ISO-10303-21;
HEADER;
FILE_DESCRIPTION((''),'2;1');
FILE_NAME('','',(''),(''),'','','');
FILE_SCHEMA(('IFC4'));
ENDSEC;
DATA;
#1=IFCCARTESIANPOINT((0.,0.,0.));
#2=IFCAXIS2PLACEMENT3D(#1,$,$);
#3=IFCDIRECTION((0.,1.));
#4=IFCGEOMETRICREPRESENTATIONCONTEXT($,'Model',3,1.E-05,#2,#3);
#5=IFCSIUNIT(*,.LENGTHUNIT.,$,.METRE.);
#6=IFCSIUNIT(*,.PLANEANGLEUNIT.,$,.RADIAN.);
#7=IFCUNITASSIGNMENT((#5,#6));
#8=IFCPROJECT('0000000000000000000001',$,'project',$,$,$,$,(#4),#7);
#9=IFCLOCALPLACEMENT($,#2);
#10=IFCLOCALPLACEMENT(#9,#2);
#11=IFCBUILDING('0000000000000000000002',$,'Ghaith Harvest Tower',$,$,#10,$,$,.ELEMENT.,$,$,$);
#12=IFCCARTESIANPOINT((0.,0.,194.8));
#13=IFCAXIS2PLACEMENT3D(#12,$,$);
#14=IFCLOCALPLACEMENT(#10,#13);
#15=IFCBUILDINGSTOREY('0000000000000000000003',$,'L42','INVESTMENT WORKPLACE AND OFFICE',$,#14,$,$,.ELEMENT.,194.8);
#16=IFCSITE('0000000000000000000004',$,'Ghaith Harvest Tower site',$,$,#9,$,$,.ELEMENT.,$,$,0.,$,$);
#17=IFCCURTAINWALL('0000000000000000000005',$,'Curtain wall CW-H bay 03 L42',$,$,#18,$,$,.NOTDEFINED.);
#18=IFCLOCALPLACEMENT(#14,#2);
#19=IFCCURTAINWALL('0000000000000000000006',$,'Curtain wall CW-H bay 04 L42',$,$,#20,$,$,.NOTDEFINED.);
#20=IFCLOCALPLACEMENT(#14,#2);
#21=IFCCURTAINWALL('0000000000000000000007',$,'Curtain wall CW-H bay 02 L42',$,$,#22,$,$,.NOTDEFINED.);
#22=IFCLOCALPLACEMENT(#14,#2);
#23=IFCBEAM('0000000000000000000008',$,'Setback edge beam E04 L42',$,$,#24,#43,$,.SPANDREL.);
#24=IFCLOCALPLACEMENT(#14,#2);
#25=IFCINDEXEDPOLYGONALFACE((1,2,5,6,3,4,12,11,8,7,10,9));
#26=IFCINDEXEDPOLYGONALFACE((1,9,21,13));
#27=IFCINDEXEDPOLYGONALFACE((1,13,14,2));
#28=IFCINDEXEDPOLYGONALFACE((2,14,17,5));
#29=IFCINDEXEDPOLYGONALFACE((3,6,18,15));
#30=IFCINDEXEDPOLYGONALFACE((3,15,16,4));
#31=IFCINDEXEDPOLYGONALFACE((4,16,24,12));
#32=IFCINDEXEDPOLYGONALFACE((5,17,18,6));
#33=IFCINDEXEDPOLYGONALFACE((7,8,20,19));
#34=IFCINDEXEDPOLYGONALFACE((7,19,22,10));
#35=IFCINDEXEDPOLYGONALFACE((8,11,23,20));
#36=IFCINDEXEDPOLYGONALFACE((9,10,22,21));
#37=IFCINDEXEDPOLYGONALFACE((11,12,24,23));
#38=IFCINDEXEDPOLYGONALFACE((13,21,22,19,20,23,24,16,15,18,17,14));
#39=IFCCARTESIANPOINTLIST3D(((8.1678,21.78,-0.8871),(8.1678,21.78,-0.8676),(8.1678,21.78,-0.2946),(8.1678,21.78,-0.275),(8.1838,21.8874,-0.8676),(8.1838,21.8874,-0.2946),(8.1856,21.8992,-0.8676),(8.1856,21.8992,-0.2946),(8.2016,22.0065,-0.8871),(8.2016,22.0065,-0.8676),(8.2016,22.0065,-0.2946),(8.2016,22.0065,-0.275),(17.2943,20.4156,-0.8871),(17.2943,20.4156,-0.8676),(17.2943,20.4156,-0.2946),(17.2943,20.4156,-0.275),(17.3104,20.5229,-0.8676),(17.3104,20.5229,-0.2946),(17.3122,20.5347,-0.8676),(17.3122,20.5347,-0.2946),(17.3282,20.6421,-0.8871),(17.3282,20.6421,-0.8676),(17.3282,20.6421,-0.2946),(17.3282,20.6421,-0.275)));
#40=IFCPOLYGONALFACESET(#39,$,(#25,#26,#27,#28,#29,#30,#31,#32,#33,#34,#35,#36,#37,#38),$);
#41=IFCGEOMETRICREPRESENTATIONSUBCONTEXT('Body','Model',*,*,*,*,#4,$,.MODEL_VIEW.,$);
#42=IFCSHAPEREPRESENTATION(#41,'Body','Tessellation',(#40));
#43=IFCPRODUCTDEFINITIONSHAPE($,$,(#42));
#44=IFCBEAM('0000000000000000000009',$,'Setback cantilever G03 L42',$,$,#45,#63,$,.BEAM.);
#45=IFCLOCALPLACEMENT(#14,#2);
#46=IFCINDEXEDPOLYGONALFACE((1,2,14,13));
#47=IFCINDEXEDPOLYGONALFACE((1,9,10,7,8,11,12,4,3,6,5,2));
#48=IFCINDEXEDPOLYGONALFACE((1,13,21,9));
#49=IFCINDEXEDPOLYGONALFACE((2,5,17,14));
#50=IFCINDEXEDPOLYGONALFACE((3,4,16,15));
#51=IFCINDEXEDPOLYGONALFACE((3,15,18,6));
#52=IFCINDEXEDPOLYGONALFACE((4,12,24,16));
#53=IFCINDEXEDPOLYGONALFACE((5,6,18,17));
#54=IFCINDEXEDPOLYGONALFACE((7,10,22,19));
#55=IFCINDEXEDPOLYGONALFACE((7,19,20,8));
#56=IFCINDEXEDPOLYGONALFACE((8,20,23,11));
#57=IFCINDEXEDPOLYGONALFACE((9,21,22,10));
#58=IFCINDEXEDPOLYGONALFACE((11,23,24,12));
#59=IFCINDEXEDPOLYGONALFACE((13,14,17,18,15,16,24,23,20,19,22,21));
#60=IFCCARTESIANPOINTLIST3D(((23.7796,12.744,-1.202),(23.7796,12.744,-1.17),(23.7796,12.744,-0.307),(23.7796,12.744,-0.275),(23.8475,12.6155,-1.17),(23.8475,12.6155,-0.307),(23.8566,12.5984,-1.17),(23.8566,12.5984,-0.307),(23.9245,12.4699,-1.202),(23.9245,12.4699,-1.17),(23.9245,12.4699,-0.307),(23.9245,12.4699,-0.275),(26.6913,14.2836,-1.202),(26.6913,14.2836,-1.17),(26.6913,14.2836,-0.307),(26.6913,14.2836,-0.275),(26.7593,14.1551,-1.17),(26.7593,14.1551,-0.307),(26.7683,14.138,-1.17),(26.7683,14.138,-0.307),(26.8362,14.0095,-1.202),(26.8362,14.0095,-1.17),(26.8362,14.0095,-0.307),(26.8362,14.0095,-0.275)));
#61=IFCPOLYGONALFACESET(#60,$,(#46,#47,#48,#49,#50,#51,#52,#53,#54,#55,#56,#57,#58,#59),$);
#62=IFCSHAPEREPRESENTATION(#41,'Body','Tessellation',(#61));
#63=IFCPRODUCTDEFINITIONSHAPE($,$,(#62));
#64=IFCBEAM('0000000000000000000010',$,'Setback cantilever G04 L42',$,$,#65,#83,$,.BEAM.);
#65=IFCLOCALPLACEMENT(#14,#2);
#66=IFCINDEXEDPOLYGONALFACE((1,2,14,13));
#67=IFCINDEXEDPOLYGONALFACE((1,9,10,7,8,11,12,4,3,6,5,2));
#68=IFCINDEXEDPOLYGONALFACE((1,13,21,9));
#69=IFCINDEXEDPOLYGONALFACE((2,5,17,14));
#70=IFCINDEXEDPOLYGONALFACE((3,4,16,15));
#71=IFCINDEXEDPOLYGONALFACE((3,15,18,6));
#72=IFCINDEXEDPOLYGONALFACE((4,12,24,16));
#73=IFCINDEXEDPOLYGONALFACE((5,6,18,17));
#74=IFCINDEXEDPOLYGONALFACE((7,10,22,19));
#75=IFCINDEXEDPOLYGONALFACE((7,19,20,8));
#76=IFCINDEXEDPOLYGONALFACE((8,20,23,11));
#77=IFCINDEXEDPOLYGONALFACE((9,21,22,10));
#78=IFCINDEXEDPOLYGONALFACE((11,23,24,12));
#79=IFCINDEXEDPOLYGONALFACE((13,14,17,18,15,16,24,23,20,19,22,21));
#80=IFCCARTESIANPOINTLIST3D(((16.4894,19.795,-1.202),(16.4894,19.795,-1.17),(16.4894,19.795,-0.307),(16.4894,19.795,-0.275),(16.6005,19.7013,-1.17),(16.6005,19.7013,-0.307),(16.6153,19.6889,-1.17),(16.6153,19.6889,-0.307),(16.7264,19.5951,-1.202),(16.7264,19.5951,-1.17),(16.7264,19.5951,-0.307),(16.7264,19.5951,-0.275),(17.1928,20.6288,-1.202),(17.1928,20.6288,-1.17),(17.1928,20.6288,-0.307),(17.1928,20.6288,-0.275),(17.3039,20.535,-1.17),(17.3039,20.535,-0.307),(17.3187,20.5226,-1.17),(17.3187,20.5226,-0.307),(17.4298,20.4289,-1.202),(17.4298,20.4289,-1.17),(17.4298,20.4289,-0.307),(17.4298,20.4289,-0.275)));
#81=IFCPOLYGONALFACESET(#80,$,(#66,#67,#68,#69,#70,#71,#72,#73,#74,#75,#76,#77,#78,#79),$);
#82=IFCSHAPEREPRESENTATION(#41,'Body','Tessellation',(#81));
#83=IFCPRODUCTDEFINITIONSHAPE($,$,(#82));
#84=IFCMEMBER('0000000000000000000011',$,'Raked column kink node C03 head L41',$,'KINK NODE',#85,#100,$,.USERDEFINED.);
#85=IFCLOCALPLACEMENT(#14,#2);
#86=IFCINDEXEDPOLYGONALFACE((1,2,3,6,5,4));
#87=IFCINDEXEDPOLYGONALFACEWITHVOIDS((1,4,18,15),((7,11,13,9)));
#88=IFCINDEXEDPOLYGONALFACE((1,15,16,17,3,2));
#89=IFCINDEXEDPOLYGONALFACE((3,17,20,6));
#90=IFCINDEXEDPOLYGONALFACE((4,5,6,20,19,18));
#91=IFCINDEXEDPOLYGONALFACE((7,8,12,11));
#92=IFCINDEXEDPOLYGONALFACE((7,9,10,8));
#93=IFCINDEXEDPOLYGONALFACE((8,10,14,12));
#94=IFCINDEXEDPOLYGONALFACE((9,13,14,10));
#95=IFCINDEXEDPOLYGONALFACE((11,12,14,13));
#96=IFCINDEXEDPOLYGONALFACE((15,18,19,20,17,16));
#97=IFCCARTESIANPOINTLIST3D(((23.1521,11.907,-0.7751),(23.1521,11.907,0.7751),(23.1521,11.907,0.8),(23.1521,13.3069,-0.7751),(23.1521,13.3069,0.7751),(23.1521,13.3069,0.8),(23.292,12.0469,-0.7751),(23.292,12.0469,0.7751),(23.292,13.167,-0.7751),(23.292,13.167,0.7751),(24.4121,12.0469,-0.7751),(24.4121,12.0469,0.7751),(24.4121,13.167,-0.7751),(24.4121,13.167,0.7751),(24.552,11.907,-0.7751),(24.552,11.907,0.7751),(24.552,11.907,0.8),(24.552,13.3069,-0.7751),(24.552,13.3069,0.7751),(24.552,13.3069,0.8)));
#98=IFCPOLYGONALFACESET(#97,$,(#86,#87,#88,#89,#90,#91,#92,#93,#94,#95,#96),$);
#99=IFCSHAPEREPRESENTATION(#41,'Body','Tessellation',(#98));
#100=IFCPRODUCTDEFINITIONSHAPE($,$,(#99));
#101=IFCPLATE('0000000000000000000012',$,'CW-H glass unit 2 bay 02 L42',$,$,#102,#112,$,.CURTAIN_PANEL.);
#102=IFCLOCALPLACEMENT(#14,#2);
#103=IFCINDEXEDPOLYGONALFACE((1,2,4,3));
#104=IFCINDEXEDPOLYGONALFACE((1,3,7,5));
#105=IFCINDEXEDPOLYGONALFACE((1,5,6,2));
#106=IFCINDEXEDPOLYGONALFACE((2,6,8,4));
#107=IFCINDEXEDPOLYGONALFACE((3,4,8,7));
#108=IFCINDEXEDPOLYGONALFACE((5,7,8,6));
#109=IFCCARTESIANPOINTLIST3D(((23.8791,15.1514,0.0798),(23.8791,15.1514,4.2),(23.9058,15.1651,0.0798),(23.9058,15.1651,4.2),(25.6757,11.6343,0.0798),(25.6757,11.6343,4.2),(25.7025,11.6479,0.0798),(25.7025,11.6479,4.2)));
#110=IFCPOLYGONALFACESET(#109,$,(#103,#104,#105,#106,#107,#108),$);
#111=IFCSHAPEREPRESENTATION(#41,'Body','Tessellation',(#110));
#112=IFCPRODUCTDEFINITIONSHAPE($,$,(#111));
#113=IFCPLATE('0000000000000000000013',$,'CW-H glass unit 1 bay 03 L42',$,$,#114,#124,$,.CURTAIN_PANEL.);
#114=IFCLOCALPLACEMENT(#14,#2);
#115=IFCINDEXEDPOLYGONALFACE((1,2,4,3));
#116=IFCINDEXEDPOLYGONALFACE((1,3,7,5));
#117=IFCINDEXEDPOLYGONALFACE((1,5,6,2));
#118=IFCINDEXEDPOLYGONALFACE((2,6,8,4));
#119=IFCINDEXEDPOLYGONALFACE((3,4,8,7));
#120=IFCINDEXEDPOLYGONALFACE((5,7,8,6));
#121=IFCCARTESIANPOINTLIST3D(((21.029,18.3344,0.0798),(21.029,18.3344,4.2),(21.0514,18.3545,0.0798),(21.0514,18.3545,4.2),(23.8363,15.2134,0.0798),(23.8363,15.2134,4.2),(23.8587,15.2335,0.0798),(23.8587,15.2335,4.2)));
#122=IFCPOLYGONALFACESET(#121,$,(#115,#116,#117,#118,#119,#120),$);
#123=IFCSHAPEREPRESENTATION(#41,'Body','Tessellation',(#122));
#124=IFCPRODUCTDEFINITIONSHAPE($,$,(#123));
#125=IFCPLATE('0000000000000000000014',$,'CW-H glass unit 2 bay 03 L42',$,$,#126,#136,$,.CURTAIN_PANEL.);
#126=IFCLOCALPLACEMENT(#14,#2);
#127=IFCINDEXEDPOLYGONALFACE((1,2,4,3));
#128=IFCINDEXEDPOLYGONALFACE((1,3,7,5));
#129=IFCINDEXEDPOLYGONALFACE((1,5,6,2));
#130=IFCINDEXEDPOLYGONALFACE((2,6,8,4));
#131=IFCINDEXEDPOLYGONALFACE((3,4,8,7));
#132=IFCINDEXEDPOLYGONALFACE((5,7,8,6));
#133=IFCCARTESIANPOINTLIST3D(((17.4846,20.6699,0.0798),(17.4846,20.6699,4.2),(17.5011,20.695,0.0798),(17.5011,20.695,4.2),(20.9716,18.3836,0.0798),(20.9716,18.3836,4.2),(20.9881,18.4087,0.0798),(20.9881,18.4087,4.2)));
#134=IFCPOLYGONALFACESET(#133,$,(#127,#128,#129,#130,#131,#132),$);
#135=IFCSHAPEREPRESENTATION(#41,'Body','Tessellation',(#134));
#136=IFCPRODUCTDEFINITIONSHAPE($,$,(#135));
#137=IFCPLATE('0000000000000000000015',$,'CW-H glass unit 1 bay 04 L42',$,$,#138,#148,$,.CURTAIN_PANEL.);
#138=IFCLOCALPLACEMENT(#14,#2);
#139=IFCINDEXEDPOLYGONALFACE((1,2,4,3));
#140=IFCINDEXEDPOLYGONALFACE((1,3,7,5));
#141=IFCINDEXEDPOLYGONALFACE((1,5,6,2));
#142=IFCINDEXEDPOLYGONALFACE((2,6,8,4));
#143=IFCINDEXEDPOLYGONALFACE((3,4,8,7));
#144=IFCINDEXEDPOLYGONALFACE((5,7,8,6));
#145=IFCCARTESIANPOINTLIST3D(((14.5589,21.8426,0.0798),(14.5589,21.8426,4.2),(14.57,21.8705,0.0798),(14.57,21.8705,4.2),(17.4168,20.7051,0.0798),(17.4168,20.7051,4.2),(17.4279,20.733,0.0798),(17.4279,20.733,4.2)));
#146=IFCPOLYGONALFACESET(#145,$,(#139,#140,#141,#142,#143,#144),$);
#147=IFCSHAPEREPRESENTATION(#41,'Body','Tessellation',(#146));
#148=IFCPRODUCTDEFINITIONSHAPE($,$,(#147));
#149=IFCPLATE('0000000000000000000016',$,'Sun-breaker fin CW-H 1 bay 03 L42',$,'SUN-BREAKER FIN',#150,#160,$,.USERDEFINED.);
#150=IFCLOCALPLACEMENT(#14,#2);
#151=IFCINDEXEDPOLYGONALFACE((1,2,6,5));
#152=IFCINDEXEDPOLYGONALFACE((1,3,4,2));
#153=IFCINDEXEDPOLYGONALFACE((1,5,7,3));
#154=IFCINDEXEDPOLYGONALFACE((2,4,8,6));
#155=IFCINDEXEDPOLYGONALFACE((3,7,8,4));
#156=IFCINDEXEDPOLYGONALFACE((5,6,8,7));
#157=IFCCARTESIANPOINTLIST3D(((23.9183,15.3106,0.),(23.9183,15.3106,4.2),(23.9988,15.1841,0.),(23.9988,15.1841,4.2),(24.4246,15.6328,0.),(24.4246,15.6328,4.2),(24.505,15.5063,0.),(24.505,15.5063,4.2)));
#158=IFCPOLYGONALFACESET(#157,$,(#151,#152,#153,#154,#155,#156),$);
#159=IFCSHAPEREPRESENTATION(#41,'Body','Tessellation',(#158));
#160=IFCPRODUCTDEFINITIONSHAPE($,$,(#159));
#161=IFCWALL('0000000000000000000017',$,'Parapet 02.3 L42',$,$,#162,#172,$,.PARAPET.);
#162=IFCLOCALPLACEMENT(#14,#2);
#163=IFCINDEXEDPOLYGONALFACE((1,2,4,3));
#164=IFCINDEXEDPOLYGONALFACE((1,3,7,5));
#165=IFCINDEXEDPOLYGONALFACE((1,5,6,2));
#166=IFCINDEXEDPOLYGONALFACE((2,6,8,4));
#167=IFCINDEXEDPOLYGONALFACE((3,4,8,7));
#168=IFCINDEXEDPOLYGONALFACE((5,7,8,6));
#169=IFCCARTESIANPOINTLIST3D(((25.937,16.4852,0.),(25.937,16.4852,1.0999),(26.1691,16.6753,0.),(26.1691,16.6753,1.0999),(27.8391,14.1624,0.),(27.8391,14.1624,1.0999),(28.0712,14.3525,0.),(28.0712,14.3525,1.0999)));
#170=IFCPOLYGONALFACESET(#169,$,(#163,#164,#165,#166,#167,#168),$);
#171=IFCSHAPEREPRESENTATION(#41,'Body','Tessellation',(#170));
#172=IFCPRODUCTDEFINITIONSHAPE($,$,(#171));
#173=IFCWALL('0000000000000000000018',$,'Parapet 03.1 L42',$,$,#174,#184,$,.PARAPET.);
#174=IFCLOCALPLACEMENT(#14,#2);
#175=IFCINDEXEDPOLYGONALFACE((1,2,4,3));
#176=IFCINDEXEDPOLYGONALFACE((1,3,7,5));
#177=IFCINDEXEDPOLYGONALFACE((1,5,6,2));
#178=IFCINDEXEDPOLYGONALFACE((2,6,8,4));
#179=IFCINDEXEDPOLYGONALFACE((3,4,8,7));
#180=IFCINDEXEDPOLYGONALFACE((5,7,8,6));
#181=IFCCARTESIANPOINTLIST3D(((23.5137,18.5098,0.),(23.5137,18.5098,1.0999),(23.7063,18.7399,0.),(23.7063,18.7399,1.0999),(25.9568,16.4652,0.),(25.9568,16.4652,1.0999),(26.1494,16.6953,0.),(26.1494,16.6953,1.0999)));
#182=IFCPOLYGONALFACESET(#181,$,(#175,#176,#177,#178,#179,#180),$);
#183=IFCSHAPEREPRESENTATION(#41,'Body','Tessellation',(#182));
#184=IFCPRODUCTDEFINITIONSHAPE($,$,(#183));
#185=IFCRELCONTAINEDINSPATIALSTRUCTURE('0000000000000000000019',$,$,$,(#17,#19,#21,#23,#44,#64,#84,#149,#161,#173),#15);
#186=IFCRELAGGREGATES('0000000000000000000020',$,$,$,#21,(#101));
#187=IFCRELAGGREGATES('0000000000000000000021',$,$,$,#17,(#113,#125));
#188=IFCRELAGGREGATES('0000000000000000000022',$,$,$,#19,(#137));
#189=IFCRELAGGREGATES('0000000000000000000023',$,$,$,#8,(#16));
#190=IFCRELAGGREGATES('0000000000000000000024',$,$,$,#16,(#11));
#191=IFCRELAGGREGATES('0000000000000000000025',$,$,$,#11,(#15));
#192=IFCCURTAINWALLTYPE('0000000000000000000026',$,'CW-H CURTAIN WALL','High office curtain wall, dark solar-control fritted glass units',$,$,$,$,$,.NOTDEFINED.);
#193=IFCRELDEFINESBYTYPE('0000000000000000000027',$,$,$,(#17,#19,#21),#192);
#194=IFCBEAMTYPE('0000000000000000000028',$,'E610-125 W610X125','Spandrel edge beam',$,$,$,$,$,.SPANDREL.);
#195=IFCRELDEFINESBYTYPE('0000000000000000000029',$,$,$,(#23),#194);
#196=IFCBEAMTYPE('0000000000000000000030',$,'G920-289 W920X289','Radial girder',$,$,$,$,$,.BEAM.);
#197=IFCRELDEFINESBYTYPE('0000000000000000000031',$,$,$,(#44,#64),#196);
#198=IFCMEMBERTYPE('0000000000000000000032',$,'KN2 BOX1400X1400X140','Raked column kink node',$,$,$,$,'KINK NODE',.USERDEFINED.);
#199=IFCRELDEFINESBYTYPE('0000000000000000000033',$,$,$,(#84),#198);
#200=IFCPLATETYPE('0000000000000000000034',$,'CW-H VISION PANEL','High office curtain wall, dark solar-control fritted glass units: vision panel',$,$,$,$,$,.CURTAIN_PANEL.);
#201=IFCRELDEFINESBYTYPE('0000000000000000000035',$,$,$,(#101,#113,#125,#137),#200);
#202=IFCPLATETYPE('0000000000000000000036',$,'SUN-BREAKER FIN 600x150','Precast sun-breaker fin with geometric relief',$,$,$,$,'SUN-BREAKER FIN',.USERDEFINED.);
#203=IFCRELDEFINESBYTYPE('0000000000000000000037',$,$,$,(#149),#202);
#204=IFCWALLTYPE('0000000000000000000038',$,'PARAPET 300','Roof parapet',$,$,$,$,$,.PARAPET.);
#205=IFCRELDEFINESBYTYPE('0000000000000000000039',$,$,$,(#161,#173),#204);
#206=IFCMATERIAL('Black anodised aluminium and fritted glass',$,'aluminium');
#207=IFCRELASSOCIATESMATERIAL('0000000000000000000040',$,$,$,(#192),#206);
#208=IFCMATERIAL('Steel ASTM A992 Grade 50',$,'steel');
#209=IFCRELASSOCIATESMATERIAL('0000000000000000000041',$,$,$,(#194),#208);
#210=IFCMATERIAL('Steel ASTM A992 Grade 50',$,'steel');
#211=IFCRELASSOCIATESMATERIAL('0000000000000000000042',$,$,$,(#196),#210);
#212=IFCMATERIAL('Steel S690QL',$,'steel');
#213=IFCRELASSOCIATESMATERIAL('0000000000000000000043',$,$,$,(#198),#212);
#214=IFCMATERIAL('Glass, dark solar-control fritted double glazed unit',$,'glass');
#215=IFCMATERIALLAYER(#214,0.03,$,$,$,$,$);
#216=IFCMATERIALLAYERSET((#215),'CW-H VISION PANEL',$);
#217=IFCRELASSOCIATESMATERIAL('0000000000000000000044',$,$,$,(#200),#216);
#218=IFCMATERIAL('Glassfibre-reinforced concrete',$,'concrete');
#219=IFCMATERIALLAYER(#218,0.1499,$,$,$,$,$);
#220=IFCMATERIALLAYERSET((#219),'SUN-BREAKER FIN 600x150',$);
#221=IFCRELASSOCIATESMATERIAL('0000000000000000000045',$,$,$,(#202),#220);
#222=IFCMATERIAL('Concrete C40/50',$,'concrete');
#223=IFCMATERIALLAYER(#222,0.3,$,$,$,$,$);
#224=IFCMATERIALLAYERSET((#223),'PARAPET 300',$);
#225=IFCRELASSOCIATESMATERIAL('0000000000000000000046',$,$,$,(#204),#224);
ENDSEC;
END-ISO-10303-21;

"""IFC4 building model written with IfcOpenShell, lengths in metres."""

from ifc_helpers import new_model, si_unit, direction, frame, frame_2d, origin, origin_2d, place, context, subcontext, project, spatial, rectangle, hollow_rectangle, i_section, extrude, boolean, material, layer, layer_set, material_profile, profile_set, type_object, element, aggregate, save


model = new_model("IFC4")

# Units and contexts
model_context = context("Model", 3, precision=1e-05, world=origin(), true_north=direction((0.0, 1.0)))
body_context = subcontext(model_context, "Body", "Model", "MODEL_VIEW")
ifc_project = project(units=[si_unit("LENGTHUNIT", "METRE"), si_unit("PLANEANGLEUNIT", "RADIAN")], contexts=[model_context])

# Site, building, storey
site_placement = place(None, origin())
site = spatial("IfcSite", under=ifc_project, at=site_placement, Name="Ghaith Harvest Tower site", CompositionType="ELEMENT", RefElevation=0.0)
building_placement = place(site_placement, origin())
building = spatial("IfcBuilding", under=site, at=building_placement, Name="Ghaith Harvest Tower", CompositionType="ELEMENT")
storey_placement = place(building_placement, frame((0.0, 0.0, 194.8)))
storey = spatial("IfcBuildingStorey", under=building, at=storey_placement, Name="L42", Description="INVESTMENT WORKPLACE AND OFFICE", CompositionType="ELEMENT", Elevation=194.8)

# Curtain walls
ifc_material_1 = material(Name="Black anodised aluminium and fritted glass", Category="aluminium")
curtain_wall_type = type_object("IfcCurtainWallType", Name="CW-H CURTAIN WALL", Description="High office curtain wall, dark solar-control fritted glass units", PredefinedType="NOTDEFINED", material=ifc_material_1)
curtain_wall_1_placement = place(storey_placement, origin())
curtain_wall_1 = element("IfcCurtainWall", 1, at=curtain_wall_1_placement, inside=storey, type_object=curtain_wall_type, Name="Curtain wall CW-H bay 03 L42", PredefinedType="NOTDEFINED")
curtain_wall_2_placement = place(storey_placement, origin())
curtain_wall_2 = element("IfcCurtainWall", 2, at=curtain_wall_2_placement, inside=storey, type_object=curtain_wall_type, Name="Curtain wall CW-H bay 04 L42", PredefinedType="NOTDEFINED")

# Curtain wall
curtain_wall_3_placement = place(storey_placement, origin())
curtain_wall_3 = element("IfcCurtainWall", 3, at=curtain_wall_3_placement, inside=storey, type_object=curtain_wall_type, Name="Curtain wall CW-H bay 02 L42", PredefinedType="NOTDEFINED")

# Beams
ifc_material_2 = material(Name="Steel ASTM A992 Grade 50", Category="steel")
ifc_material_profile_1 = material_profile(ifc_material_2, i_section(OverallWidth=0.229, OverallDepth=0.6121, WebThickness=0.012, FlangeThickness=0.0195, at=origin_2d()), Name="W610X125")
ifc_profile_set_1 = profile_set([ifc_material_profile_1], Name="Steel ASTM A992 Grade 50")
beam_type_1 = type_object("IfcBeamType", Name="E610-125 W610X125", Description="Spandrel edge beam", PredefinedType="SPANDREL", material=ifc_profile_set_1)
beam_1_placement = place(storey_placement, frame((17.3113, 20.5288, -0.5811), z_axis=(-0.989008, 0.147863, 0.0), x_axis=(-0.147863, -0.989008, 0.0)))
element("IfcBeam", 4, at=beam_1_placement, inside=storey, type_object=beam_type_1, Name="Setback edge beam E04 L42", PredefinedType="SPANDREL", context=body_context, shape_type="SweptSolid", body=[
    extrude(i_section(OverallWidth=0.229, OverallDepth=0.6121, WebThickness=0.012, FlangeThickness=0.0195, at=origin_2d()), origin(), (0.0, 0.0, 1.0), 9.228),
])
ifc_material_3 = material(Name="Steel ASTM A992 Grade 50", Category="steel")
ifc_material_profile_2 = material_profile(ifc_material_3, i_section(OverallWidth=0.3101, OverallDepth=0.927, WebThickness=0.0193, FlangeThickness=0.032, at=origin_2d()), Name="W920X289")
ifc_profile_set_2 = profile_set([ifc_material_profile_2], Name="Steel ASTM A992 Grade 50")
beam_type_2 = type_object("IfcBeamType", Name="G920-289 W920X289", Description="Radial girder", PredefinedType="BEAM", material=ifc_profile_set_2)
beam_2_placement = place(storey_placement, frame((23.8521, 12.6069, -0.7385), z_axis=(0.884026, 0.467438, 0.0), x_axis=(-0.467438, 0.884026, 0.0)))
element("IfcBeam", 5, at=beam_2_placement, inside=storey, type_object=beam_type_2, Name="Setback cantilever G03 L42", PredefinedType="BEAM", context=body_context, shape_type="SweptSolid", body=[
    extrude(i_section(OverallWidth=0.3101, OverallDepth=0.927, WebThickness=0.0193, FlangeThickness=0.032, at=origin_2d()), origin(), (0.0, 0.0, 1.0), 3.2937),
])
beam_3_placement = place(storey_placement, frame((16.6079, 19.6951, -0.7385), z_axis=(0.644818, 0.764336, 0.0), x_axis=(-0.764336, 0.644818, 0.0)))
element("IfcBeam", 6, at=beam_3_placement, inside=storey, type_object=beam_type_2, Name="Setback cantilever G04 L42", PredefinedType="BEAM", context=body_context, shape_type="SweptSolid", body=[
    extrude(i_section(OverallWidth=0.3101, OverallDepth=0.927, WebThickness=0.0193, FlangeThickness=0.032, at=origin_2d()), origin(), (0.0, 0.0, 1.0), 1.0908),
])

# Member
ifc_material_4 = material(Name="Steel S690QL", Category="steel")
ifc_material_profile_3 = material_profile(ifc_material_4, hollow_rectangle(XDim=1.3999, YDim=1.3999, WallThickness=0.1399, at=origin_2d()), Name="BOX1400X1400X140")
ifc_profile_set_3 = profile_set([ifc_material_profile_3], Name="Steel S690QL")
member_type_1 = type_object("IfcMemberType", Name="KN2 BOX1400X1400X140", Description="Raked column kink node", ElementType="KINK NODE", PredefinedType="USERDEFINED", material=ifc_profile_set_3)
member_1_placement = place(storey_placement, frame((23.8521, 12.6069, -0.7751), z_axis=(0.0, 0.0, 1.0), x_axis=(1.0, 0.0, 0.0)))
element("IfcMember", 7, at=member_1_placement, inside=storey, type_object=member_type_1, Name="Raked column kink node C03 head L41", ObjectType="KINK NODE", PredefinedType="USERDEFINED", context=body_context, shape_type="CSG", body=[
    boolean("UNION", extrude(hollow_rectangle(XDim=1.3999, YDim=1.3999, WallThickness=0.1399, at=origin_2d()), origin(), (0.0, 0.0, 1.0), 1.5503), extrude(rectangle(XDim=1.3999, YDim=1.3999, at=origin_2d()), frame((0.0, 0.0, 1.5503)), (0.0, 0.0, 1.0), 0.0249)),
])

# Plates
ifc_material_5 = material(Name="Glass, dark solar-control fritted double glazed unit", Category="glass")
ifc_layer_1 = layer(ifc_material_5, 0.03)
ifc_layer_set_1 = layer_set([ifc_layer_1], Name="CW-H VISION PANEL")
plate_type_1 = type_object("IfcPlateType", Name="CW-H VISION PANEL", Description="High office curtain wall, dark solar-control fritted glass units: vision panel", PredefinedType="CURTAIN_PANEL", material=ifc_layer_set_1)
plate_1_placement = place(storey_placement, frame((24.7908, 13.3997, 0.0798), z_axis=(0.0, 0.0, 1.0), x_axis=(-0.454915, 0.890535, 0.0)))
plate_1 = element("IfcPlate", 8, at=plate_1_placement, type_object=plate_type_1, Name="CW-H glass unit 2 bay 02 L42", PredefinedType="CURTAIN_PANEL", context=body_context, shape_type="SweptSolid", body=[
    extrude(rectangle(XDim=3.9495, YDim=0.03, at=origin_2d()), origin(), (0.0, 0.0, 1.0), 4.1201),
])
aggregate(curtain_wall_3, [plate_1])
plate_2_placement = place(storey_placement, frame((22.4438, 16.7839, 0.0798), z_axis=(0.0, 0.0, 1.0), x_axis=(-0.668758, 0.74348, 0.0)))
plate_2 = element("IfcPlate", 9, at=plate_2_placement, type_object=plate_type_1, Name="CW-H glass unit 1 bay 03 L42", PredefinedType="CURTAIN_PANEL", context=body_context, shape_type="SweptSolid", body=[
    extrude(rectangle(XDim=4.1978, YDim=0.03, at=origin_2d()), origin(), (0.0, 0.0, 1.0), 4.1201),
])
plate_3_placement = place(storey_placement, frame((19.2363, 19.5393, 0.0798), z_axis=(0.0, 0.0, 1.0), x_axis=(-0.836277, 0.548308, 0.0)))
plate_3 = element("IfcPlate", 10, at=plate_3_placement, type_object=plate_type_1, Name="CW-H glass unit 2 bay 03 L42", PredefinedType="CURTAIN_PANEL", context=body_context, shape_type="SweptSolid", body=[
    extrude(rectangle(XDim=4.1697, YDim=0.03, at=origin_2d()), origin(), (0.0, 0.0, 1.0), 4.1201),
])
aggregate(curtain_wall_1, [plate_2, plate_3])
plate_4_placement = place(storey_placement, frame((15.9934, 21.2878, 0.0798), z_axis=(0.0, 0.0, 1.0), x_axis=(-0.929107, 0.36981, 0.0)))
plate_4 = element("IfcPlate", 11, at=plate_4_placement, type_object=plate_type_1, Name="CW-H glass unit 1 bay 04 L42", PredefinedType="CURTAIN_PANEL", context=body_context, shape_type="SweptSolid", body=[
    extrude(rectangle(XDim=3.0759, YDim=0.03, at=origin_2d()), origin(), (0.0, 0.0, 1.0), 4.1201),
])
aggregate(curtain_wall_2, [plate_4])
ifc_material_6 = material(Name="Glassfibre-reinforced concrete", Category="concrete")
ifc_layer_2 = layer(ifc_material_6, 0.1499)
ifc_layer_set_2 = layer_set([ifc_layer_2], Name="SUN-BREAKER FIN 600x150")
plate_type_2 = type_object("IfcPlateType", Name="SUN-BREAKER FIN 600x150", Description="Precast sun-breaker fin with geometric relief", ElementType="SUN-BREAKER FIN", PredefinedType="USERDEFINED", material=ifc_layer_set_2)
plate_5_placement = place(storey_placement, frame((24.2117, 15.4084, 0.0), z_axis=(0.0, 0.0, 1.0), x_axis=(0.843644, 0.536903, 0.0)))
element("IfcPlate", 12, at=plate_5_placement, inside=storey, type_object=plate_type_2, Name="Sun-breaker fin CW-H 1 bay 03 L42", ObjectType="SUN-BREAKER FIN", PredefinedType="USERDEFINED", context=body_context, shape_type="SweptSolid", body=[
    extrude(rectangle(XDim=0.6001, YDim=0.1499, at=origin_2d()), origin(), (0.0, 0.0, 1.0), 4.2),
])

# Walls
ifc_material_7 = material(Name="Concrete C40/50", Category="concrete")
ifc_layer_3 = layer(ifc_material_7, 0.3)
ifc_layer_set_3 = layer_set([ifc_layer_3], Name="PARAPET 300")
wall_type_1 = type_object("IfcWallType", Name="PARAPET 300", Description="Roof parapet", PredefinedType="PARAPET", material=ifc_layer_set_3)
wall_1_placement = place(storey_placement, frame((27.9551, 14.2576, 0.0), z_axis=(0.0, 0.0, 1.0), x_axis=(-0.63357, 0.773685, 0.0)))
element("IfcWall", 13, at=wall_1_placement, inside=storey, type_object=wall_type_1, Name="Parapet 02.3 L42", PredefinedType="PARAPET", context=body_context, shape_type="SweptSolid", body=[
    extrude(rectangle(XDim=3.0022, YDim=0.3, at=frame_2d((1.501, 0.0))), origin(), (0.0, 0.0, 1.0), 1.0999),
])
wall_2_placement = place(storey_placement, frame((26.053, 16.5803, 0.0), z_axis=(0.0, 0.0, 1.0), x_axis=(-0.766869, 0.641804, 0.0)))
element("IfcWall", 14, at=wall_2_placement, inside=storey, type_object=wall_type_1, Name="Parapet 03.1 L42", PredefinedType="PARAPET", context=body_context, shape_type="SweptSolid", body=[
    extrude(rectangle(XDim=3.1858, YDim=0.3, at=frame_2d((1.5928, 0.0))), origin(), (0.0, 0.0, 1.0), 1.0999),
])

save(model, "model.ifc")
